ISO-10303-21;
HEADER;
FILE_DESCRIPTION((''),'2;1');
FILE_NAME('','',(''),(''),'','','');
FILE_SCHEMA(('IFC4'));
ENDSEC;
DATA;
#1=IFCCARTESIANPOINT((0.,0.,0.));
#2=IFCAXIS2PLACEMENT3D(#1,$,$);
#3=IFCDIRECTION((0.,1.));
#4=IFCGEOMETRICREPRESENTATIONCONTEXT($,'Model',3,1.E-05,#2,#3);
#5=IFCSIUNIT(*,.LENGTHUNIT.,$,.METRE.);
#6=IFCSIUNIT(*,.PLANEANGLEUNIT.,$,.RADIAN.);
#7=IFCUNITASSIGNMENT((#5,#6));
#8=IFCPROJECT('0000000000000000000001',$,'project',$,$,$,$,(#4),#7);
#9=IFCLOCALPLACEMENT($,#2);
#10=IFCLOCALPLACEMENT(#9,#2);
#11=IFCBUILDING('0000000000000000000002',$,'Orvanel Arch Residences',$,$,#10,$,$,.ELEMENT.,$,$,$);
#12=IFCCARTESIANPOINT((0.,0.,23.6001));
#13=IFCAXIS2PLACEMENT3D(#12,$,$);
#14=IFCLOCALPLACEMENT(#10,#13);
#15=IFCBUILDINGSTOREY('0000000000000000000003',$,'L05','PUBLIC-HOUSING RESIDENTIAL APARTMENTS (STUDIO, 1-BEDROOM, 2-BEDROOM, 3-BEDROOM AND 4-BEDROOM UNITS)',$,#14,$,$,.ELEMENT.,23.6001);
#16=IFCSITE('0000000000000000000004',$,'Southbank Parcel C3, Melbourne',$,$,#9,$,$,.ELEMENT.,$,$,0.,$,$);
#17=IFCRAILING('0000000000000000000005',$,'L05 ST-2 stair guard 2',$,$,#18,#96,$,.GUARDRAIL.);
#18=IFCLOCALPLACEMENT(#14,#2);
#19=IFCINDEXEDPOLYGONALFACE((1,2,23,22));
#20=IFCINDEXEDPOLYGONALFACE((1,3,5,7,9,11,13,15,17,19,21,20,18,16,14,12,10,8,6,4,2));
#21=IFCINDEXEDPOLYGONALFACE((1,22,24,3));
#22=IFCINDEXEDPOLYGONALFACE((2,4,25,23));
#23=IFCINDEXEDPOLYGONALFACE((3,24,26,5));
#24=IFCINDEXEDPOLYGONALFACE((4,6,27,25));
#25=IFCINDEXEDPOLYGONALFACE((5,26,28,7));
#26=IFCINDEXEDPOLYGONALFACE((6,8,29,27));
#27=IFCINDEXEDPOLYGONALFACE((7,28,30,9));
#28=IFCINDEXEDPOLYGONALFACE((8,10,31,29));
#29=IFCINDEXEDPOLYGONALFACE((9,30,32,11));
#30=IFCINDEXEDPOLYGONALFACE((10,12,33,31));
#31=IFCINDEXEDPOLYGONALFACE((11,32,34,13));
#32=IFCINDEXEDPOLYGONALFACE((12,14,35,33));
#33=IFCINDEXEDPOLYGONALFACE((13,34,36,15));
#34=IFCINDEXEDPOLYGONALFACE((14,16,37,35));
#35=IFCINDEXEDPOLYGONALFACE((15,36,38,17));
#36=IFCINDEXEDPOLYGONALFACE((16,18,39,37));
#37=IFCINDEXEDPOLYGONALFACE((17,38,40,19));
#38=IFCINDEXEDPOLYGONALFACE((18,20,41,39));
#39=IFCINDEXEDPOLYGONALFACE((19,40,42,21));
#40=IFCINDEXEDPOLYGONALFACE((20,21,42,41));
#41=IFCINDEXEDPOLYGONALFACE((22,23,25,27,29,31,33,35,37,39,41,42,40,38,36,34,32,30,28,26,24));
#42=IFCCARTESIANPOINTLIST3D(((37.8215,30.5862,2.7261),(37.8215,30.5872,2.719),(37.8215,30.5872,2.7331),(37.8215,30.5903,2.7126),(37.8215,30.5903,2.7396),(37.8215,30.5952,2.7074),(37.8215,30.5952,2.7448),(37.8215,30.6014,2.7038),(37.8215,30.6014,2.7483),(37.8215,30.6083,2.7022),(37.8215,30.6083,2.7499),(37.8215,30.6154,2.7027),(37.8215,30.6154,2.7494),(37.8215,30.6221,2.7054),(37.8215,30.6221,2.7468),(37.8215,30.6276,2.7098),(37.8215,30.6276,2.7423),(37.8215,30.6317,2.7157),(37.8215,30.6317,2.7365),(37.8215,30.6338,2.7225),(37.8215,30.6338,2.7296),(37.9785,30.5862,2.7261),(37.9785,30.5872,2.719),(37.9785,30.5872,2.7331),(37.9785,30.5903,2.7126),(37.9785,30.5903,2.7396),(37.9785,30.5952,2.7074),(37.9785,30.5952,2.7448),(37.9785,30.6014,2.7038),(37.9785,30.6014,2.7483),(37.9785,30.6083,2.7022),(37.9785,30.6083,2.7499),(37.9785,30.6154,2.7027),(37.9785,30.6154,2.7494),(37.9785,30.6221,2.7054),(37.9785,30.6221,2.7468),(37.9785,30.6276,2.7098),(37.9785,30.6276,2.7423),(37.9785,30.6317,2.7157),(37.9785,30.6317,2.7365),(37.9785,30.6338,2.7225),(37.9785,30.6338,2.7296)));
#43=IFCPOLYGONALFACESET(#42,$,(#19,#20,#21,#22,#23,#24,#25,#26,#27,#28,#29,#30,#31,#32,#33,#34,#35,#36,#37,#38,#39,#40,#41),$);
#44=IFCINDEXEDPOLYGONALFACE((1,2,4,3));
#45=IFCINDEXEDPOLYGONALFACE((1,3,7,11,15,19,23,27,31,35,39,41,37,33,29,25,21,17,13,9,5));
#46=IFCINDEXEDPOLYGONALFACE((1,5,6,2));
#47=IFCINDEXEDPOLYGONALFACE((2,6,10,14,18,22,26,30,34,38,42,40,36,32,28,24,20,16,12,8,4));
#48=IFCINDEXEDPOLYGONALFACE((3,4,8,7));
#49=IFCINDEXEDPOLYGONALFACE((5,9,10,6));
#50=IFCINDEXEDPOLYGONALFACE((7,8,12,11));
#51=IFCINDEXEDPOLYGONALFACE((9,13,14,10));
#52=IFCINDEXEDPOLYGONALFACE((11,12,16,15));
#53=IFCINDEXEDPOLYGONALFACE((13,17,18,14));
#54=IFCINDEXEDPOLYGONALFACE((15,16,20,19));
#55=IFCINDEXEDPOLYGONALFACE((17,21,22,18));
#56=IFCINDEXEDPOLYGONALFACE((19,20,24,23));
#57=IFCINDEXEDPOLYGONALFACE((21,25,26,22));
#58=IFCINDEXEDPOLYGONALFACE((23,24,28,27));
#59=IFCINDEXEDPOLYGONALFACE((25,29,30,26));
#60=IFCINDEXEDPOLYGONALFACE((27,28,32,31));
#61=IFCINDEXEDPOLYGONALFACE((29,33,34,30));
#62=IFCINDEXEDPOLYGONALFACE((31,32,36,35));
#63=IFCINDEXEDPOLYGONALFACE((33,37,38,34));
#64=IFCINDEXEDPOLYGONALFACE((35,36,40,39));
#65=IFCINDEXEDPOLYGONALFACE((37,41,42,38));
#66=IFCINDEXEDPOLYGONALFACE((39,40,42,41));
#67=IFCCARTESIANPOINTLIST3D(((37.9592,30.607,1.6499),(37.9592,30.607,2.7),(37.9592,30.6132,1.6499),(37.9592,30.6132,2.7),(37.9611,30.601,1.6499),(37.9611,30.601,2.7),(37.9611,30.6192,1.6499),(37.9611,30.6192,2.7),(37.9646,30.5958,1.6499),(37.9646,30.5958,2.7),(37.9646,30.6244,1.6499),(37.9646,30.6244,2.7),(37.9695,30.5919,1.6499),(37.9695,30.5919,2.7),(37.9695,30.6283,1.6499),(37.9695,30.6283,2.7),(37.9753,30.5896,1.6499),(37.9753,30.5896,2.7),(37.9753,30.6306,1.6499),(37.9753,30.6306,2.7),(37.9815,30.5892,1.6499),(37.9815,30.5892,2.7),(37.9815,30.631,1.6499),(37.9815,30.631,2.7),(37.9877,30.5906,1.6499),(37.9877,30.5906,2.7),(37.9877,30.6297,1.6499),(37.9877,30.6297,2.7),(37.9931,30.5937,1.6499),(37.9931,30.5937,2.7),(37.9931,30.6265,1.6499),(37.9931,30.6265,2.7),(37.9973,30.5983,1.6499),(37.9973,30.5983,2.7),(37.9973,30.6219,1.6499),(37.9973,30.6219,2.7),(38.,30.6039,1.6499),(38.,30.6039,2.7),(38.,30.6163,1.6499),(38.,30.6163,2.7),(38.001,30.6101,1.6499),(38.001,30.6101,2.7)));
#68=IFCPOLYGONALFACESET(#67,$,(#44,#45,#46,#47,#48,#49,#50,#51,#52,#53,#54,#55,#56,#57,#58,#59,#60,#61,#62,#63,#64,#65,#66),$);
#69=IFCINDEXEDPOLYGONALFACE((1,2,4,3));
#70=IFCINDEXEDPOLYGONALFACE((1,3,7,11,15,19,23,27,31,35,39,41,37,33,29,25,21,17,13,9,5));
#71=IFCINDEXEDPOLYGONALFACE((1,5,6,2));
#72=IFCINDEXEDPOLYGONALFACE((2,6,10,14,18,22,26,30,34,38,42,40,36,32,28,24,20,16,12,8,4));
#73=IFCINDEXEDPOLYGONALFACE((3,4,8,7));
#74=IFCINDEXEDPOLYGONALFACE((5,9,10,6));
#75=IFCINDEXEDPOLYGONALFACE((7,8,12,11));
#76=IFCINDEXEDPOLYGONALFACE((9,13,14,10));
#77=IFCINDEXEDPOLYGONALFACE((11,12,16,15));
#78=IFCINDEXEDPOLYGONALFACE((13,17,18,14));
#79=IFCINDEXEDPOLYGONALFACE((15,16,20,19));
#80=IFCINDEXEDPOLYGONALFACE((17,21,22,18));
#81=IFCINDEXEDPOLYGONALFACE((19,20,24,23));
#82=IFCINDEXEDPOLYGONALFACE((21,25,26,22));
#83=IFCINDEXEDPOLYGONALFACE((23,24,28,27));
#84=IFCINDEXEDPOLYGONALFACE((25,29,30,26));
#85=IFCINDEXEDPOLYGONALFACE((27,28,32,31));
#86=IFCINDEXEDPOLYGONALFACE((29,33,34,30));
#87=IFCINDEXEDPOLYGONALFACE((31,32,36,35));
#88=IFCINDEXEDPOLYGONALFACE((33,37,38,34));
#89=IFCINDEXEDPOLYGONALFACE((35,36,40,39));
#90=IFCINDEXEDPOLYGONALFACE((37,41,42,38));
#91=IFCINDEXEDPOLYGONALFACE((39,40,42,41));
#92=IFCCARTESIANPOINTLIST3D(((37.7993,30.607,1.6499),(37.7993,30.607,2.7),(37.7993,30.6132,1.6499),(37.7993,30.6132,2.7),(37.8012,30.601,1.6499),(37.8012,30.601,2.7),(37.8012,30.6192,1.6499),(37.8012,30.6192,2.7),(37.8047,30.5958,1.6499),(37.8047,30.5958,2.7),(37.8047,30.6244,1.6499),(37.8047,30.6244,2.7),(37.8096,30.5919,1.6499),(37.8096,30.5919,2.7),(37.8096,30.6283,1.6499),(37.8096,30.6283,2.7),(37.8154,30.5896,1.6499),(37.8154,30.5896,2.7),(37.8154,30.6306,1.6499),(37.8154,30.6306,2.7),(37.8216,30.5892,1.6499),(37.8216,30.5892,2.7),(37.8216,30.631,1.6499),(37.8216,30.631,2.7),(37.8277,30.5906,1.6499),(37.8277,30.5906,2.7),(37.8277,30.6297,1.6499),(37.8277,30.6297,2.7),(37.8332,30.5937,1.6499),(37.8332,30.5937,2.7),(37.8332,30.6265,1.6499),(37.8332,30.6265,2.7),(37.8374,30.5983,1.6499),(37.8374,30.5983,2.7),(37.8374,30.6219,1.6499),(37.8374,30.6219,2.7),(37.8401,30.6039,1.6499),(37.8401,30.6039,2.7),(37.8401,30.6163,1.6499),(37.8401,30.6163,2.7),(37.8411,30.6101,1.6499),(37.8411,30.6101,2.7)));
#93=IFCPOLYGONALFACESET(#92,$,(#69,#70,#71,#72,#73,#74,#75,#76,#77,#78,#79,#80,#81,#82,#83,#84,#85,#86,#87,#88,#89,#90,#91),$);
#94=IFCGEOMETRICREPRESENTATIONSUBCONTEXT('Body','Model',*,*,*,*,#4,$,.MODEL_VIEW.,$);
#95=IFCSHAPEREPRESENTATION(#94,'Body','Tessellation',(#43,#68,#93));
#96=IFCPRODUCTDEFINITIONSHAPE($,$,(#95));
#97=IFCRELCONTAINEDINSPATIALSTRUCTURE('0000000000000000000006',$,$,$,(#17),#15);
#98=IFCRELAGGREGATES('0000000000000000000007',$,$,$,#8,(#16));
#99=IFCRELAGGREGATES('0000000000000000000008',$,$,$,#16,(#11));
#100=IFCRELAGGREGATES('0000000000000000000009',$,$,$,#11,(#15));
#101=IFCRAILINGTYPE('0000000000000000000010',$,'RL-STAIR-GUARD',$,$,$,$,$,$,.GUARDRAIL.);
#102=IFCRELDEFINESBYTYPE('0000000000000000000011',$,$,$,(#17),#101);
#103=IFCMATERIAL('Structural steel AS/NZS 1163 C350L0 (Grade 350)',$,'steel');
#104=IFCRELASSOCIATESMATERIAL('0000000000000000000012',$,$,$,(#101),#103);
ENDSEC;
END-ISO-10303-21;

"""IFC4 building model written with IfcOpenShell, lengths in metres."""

from ifc_helpers import new_model, si_unit, direction, frame, origin, origin_2d, place, context, subcontext, project, spatial, circle, extrude, material, type_object, element, save


model = new_model("IFC4")

# Units and contexts
model_context = context("Model", 3, precision=1e-05, world=origin(), true_north=direction((0.0, 1.0)))
body_context = subcontext(model_context, "Body", "Model", "MODEL_VIEW")
ifc_project = project(units=[si_unit("LENGTHUNIT", "METRE"), si_unit("PLANEANGLEUNIT", "RADIAN")], contexts=[model_context])

# Site, building, storey
site_placement = place(None, origin())
site = spatial("IfcSite", under=ifc_project, at=site_placement, Name="Southbank Parcel C3, Melbourne", CompositionType="ELEMENT", RefElevation=0.0)
building_placement = place(site_placement, origin())
building = spatial("IfcBuilding", under=site, at=building_placement, Name="Orvanel Arch Residences", CompositionType="ELEMENT")
storey_placement = place(building_placement, frame((0.0, 0.0, 23.6001)))
storey = spatial("IfcBuildingStorey", under=building, at=storey_placement, Name="L05", Description="PUBLIC-HOUSING RESIDENTIAL APARTMENTS (STUDIO, 1-BEDROOM, 2-BEDROOM, 3-BEDROOM AND 4-BEDROOM UNITS)", CompositionType="ELEMENT", Elevation=23.6001)

# Railing
ifc_material_1 = material(Name="Structural steel AS/NZS 1163 C350L0 (Grade 350)", Category="steel")
railing_type_1 = type_object("IfcRailingType", Name="RL-STAIR-GUARD", PredefinedType="GUARDRAIL", material=ifc_material_1)
railing_1_placement = place(storey_placement, frame((37.98, 30.6101, 1.6499)))
element("IfcRailing", 1, at=railing_1_placement, inside=storey, type_object=railing_type_1, Name="L05 ST-2 stair guard 2", PredefinedType="GUARDRAIL", context=body_context, shape_type="SweptSolid", body=[
    extrude(circle(Radius=0.0239, at=origin_2d()), frame((-0.0015, 0.0, 1.0762), z_axis=(-1.0, 0.0, 0.0), x_axis=(0.0, -1.0, 0.0)), (0.0, 0.0, 1.0), 0.157),
    extrude(circle(Radius=0.021, at=origin_2d()), origin(), (0.0, 0.0, 1.0), 1.05),
    extrude(circle(Radius=0.021, at=origin_2d()), frame((-0.1599, 0.0, 0.0)), (0.0, 0.0, 1.0), 1.05),
])

save(model, "model.ifc")
